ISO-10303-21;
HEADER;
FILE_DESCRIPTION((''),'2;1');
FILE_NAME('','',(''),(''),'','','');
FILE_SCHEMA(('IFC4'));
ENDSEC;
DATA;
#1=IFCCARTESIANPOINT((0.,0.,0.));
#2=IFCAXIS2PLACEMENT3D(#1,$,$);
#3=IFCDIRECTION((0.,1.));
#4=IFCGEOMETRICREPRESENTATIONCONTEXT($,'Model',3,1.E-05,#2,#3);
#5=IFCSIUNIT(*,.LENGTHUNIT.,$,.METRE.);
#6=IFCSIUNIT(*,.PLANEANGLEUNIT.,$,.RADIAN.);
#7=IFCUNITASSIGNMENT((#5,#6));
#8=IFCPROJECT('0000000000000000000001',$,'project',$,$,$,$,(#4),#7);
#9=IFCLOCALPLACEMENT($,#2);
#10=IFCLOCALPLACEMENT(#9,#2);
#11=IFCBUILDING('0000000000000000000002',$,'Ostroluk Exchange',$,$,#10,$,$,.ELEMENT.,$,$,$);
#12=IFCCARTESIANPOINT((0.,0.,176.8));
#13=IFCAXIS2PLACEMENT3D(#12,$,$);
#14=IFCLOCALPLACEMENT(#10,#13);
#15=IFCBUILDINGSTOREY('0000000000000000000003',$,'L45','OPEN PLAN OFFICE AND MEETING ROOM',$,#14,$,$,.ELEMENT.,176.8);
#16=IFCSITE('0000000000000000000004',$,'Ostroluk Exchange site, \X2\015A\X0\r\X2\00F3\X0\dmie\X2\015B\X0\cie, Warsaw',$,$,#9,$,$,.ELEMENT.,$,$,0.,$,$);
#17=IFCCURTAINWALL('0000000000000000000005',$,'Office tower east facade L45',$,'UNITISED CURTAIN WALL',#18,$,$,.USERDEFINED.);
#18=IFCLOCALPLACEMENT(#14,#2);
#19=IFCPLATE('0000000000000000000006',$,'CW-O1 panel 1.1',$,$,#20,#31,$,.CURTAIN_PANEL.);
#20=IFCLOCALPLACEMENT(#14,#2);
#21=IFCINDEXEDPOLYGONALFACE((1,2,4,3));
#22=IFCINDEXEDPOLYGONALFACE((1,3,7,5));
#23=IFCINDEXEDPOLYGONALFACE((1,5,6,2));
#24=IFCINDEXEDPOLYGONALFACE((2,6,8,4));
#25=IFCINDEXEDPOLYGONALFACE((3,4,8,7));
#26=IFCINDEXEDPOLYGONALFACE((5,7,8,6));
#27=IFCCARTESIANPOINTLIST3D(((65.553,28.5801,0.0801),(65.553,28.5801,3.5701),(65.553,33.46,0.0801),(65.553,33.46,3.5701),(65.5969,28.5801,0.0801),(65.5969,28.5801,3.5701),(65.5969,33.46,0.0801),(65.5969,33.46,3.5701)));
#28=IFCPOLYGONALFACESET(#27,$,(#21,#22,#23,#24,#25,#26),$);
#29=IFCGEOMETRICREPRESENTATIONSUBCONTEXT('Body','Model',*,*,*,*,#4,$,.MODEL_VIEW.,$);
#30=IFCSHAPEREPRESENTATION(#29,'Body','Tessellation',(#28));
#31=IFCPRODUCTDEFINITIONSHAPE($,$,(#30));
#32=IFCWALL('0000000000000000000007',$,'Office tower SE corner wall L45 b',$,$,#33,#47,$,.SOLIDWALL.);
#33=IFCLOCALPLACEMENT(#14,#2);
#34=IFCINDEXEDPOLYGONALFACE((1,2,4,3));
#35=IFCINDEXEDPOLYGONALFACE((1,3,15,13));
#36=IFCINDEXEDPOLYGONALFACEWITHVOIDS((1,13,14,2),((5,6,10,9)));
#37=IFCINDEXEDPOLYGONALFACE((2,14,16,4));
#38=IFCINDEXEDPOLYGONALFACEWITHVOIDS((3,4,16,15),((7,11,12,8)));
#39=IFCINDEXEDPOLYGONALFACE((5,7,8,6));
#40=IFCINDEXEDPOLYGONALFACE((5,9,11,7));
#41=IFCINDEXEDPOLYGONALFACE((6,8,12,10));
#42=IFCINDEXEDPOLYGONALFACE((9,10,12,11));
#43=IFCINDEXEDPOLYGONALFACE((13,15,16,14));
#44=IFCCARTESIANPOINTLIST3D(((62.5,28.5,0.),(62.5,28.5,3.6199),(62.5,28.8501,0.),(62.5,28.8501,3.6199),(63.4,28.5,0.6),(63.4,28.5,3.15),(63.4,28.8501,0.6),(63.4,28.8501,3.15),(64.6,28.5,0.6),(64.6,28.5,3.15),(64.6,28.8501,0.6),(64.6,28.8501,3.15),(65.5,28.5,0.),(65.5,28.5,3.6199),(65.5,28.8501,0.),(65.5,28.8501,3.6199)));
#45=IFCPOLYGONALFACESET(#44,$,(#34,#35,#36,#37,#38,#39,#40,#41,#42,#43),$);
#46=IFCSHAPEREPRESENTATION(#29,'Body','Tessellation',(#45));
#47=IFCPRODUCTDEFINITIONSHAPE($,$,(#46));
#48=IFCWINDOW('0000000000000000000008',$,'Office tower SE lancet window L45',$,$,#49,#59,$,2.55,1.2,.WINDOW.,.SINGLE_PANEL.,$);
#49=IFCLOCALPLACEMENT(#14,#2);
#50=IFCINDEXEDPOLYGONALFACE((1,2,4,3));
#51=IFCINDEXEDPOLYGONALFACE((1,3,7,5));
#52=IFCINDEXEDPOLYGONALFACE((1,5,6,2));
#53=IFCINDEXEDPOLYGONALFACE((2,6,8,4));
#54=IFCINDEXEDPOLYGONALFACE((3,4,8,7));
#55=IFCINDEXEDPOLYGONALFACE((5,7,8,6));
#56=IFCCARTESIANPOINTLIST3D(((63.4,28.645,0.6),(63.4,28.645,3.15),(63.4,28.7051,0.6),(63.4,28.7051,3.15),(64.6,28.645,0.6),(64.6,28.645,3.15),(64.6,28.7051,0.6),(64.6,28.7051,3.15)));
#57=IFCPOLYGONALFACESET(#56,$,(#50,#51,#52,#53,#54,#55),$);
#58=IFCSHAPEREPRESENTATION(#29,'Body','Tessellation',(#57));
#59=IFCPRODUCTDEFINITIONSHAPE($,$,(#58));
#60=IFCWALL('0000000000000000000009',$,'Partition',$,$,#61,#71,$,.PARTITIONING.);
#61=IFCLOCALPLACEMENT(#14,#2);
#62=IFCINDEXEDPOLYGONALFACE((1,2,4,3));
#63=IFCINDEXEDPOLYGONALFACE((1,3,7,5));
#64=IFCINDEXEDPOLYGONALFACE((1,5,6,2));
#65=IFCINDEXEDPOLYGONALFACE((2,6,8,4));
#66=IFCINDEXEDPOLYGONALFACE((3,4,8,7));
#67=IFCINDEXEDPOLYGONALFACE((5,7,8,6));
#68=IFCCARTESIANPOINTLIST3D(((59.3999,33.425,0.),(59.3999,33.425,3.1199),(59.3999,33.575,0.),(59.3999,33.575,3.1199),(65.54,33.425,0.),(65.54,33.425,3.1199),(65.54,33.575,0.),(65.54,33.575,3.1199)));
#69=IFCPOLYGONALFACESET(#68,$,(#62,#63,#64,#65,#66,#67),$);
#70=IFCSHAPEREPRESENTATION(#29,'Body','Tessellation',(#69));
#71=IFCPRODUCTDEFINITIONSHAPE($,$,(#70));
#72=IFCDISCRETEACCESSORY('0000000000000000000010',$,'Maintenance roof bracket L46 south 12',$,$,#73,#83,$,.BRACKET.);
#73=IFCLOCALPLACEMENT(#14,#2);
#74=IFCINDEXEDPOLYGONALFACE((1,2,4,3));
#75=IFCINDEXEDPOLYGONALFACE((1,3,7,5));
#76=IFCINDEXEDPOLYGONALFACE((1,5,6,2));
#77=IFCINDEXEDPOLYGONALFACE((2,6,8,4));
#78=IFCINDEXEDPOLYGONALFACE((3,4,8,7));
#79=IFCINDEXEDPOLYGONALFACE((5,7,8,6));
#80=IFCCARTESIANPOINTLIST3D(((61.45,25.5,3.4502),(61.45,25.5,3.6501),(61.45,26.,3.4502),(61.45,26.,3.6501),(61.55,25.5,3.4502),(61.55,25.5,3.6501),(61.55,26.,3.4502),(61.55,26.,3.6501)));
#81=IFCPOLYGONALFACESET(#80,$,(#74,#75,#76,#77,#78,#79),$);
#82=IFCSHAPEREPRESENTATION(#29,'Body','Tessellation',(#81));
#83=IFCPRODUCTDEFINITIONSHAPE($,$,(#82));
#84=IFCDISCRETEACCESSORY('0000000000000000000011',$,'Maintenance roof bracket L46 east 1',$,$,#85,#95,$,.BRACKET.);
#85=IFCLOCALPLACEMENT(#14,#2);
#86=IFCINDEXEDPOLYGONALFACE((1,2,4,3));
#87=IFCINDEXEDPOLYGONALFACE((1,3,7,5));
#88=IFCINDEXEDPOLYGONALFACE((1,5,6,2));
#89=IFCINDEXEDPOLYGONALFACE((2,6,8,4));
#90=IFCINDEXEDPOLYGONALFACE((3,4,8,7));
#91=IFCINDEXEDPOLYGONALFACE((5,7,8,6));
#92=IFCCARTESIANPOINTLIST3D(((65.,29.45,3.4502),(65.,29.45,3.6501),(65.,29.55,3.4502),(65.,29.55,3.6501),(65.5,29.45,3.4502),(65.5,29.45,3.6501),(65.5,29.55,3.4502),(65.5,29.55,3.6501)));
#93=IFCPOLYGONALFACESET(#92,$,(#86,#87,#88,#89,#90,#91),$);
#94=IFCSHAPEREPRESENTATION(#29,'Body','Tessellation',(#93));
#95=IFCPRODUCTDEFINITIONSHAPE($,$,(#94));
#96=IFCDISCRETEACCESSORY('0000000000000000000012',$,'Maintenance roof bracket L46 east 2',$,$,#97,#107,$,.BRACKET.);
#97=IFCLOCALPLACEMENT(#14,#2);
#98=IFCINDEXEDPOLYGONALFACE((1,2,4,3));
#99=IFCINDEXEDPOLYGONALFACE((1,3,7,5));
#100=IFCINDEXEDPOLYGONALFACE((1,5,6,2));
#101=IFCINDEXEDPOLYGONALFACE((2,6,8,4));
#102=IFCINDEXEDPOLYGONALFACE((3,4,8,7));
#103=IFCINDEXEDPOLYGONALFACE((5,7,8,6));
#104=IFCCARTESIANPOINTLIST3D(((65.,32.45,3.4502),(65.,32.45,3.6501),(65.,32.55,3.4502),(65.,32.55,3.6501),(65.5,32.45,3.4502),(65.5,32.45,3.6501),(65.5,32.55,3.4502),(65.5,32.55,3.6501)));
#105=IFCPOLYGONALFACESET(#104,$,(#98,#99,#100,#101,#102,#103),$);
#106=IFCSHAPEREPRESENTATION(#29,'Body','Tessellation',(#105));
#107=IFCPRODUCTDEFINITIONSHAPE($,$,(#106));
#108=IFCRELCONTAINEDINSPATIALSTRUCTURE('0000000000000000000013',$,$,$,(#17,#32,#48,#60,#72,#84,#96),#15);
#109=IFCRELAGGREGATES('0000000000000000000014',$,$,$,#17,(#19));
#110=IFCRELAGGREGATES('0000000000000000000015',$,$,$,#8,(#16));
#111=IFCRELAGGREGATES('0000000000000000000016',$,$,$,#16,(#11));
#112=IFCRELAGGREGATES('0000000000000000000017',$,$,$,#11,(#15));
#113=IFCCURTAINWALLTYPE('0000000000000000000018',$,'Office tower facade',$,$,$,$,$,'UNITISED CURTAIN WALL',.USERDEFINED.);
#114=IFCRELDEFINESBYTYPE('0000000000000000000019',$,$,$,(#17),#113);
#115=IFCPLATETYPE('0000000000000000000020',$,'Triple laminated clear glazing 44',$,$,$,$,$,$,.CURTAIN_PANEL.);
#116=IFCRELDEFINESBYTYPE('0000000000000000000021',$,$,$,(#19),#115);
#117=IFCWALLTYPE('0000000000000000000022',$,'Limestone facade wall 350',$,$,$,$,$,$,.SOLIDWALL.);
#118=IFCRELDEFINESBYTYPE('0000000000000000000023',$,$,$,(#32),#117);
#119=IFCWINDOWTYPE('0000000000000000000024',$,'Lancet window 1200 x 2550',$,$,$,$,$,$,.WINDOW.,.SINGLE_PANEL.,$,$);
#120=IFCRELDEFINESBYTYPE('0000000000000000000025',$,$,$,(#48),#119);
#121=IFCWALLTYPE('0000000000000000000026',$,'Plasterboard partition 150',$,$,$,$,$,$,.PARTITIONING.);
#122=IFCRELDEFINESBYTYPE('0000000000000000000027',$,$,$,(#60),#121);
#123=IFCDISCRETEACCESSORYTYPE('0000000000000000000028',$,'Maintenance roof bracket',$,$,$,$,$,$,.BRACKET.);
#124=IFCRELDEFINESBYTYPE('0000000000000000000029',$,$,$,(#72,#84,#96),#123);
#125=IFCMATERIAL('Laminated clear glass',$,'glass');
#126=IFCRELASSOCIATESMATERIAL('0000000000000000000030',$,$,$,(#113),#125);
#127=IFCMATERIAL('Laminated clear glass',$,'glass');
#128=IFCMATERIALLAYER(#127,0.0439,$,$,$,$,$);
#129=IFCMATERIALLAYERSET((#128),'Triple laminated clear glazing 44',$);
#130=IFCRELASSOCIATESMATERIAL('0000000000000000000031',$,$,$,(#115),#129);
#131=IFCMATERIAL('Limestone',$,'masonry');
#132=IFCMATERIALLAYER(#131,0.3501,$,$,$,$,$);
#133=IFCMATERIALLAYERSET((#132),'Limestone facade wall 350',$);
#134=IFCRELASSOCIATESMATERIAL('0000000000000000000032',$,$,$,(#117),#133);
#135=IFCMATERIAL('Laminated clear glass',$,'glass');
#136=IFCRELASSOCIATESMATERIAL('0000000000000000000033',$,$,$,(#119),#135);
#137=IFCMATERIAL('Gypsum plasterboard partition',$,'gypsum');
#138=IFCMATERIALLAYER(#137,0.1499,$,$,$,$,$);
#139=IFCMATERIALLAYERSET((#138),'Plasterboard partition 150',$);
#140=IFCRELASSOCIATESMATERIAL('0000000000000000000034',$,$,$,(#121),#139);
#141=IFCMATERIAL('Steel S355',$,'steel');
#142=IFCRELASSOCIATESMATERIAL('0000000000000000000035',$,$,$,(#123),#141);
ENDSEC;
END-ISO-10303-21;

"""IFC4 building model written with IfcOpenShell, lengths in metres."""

from ifc_helpers import new_model, si_unit, direction, frame, frame_2d, origin, origin_2d, place, context, subcontext, project, spatial, rectangle, extrude, material, layer, layer_set, type_object, element, fill, aggregate, save


model = new_model("IFC4")

# Units and contexts
model_context = context("Model", 3, precision=1e-05, world=origin(), true_north=direction((0.0, 1.0)))
body_context = subcontext(model_context, "Body", "Model", "MODEL_VIEW")
ifc_project = project(units=[si_unit("LENGTHUNIT", "METRE"), si_unit("PLANEANGLEUNIT", "RADIAN")], contexts=[model_context])

# Site, building, storey
site_placement = place(None, origin())
site = spatial("IfcSite", under=ifc_project, at=site_placement, Name="Ostroluk Exchange site, Śródmieście, Warsaw", CompositionType="ELEMENT", RefElevation=0.0)
building_placement = place(site_placement, origin())
building = spatial("IfcBuilding", under=site, at=building_placement, Name="Ostroluk Exchange", CompositionType="ELEMENT")
storey_placement = place(building_placement, frame((0.0, 0.0, 176.8)))
storey = spatial("IfcBuildingStorey", under=building, at=storey_placement, Name="L45", Description="OPEN PLAN OFFICE AND MEETING ROOM", CompositionType="ELEMENT", Elevation=176.8)

# Curtain wall
ifc_material_1 = material(Name="Laminated clear glass", Category="glass")
curtain_wall_type = type_object("IfcCurtainWallType", Name="Office tower facade", ElementType="UNITISED CURTAIN WALL", PredefinedType="USERDEFINED", material=ifc_material_1)
curtain_wall_1_placement = place(storey_placement, origin())
curtain_wall_1 = element("IfcCurtainWall", 1, at=curtain_wall_1_placement, inside=storey, type_object=curtain_wall_type, Name="Office tower east facade L45", ObjectType="UNITISED CURTAIN WALL", PredefinedType="USERDEFINED")

# Plate
ifc_material_2 = material(Name="Laminated clear glass", Category="glass")
ifc_layer_1 = layer(ifc_material_2, 0.0439)
ifc_layer_set_1 = layer_set([ifc_layer_1], Name="Triple laminated clear glazing 44")
plate_type_1 = type_object("IfcPlateType", Name="Triple laminated clear glazing 44", PredefinedType="CURTAIN_PANEL", material=ifc_layer_set_1)
plate_1_placement = place(storey_placement, frame((65.575, 31.02, 0.0801), z_axis=(0.0, 0.0, 1.0), x_axis=(0.0, 1.0, 0.0)))
plate_1 = element("IfcPlate", 2, at=plate_1_placement, type_object=plate_type_1, Name="CW-O1 panel 1.1", PredefinedType="CURTAIN_PANEL", context=body_context, shape_type="SweptSolid", body=[
    extrude(rectangle(XDim=4.8799, YDim=0.0439, at=origin_2d()), origin(), (0.0, 0.0, 1.0), 3.49),
])
aggregate(curtain_wall_1, [plate_1])

# Shared definitions
ifc_material_3 = material(Name="Limestone", Category="masonry")
ifc_layer_2 = layer(ifc_material_3, 0.3501)
ifc_layer_set_2 = layer_set([ifc_layer_2], Name="Limestone facade wall 350")
wall_type_1 = type_object("IfcWallType", Name="Limestone facade wall 350", PredefinedType="SOLIDWALL", material=ifc_layer_set_2)

# Wall, opening, window
wall_1_placement = place(storey_placement, frame((62.5, 28.675, 0.0), z_axis=(0.0, 0.0, 1.0), x_axis=(1.0, 0.0, 0.0)))
wall_1 = element("IfcWall", 3, at=wall_1_placement, inside=storey, type_object=wall_type_1, Name="Office tower SE corner wall L45 b", PredefinedType="SOLIDWALL", context=body_context, shape_type="SweptSolid", body=[
    extrude(rectangle(XDim=3.0, YDim=0.3501, at=frame_2d((1.5, 0.0))), origin(), (0.0, 0.0, 1.0), 3.6199),
])
opening_1_placement = place(wall_1_placement, frame((0.8999, 0.0, 0.6001)))
opening_1 = element("IfcOpeningElement", 4, at=opening_1_placement, cuts=wall_1, PredefinedType="OPENING", context=body_context, shape_type="SweptSolid", body=[
    extrude(rectangle(XDim=1.2, YDim=2.55, at=frame_2d((0.6001, 1.2749))), frame((0.0, 0.1851, 0.0), z_axis=(0.0, -1.0, 0.0), x_axis=(1.0, 0.0, 0.0)), (0.0, 0.0, 1.0), 0.3701),
])
ifc_material_4 = material(Name="Laminated clear glass", Category="glass")
window_type = type_object("IfcWindowType", Name="Lancet window 1200 x 2550", PartitioningType="SINGLE_PANEL", PredefinedType="WINDOW", material=ifc_material_4)
window_placement = place(opening_1_placement, origin())
window = element("IfcWindow", 5, at=window_placement, inside=storey, type_object=window_type, Name="Office tower SE lancet window L45", OverallHeight=2.55, OverallWidth=1.2, PartitioningType="SINGLE_PANEL", PredefinedType="WINDOW", context=body_context, shape_type="SweptSolid", body=[
    extrude(rectangle(XDim=1.2, YDim=2.55, at=frame_2d((0.6001, 1.2749))), frame((0.0, 0.03, 0.0), z_axis=(0.0, -1.0, 0.0), x_axis=(1.0, 0.0, 0.0)), (0.0, 0.0, 1.0), 0.0601),
])
fill(opening_1, window)

# Wall
ifc_material_5 = material(Name="Gypsum plasterboard partition", Category="gypsum")
ifc_layer_3 = layer(ifc_material_5, 0.1499)
ifc_layer_set_3 = layer_set([ifc_layer_3], Name="Plasterboard partition 150")
wall_type_2 = type_object("IfcWallType", Name="Plasterboard partition 150", PredefinedType="PARTITIONING", material=ifc_layer_set_3)
wall_2_placement = place(storey_placement, frame((59.3999, 33.5, 0.0), z_axis=(0.0, 0.0, 1.0), x_axis=(1.0, 0.0, 0.0)))
element("IfcWall", 6, at=wall_2_placement, inside=storey, type_object=wall_type_2, Name="Partition", PredefinedType="PARTITIONING", context=body_context, shape_type="SweptSolid", body=[
    extrude(rectangle(XDim=6.1401, YDim=0.1499, at=frame_2d((3.0701, 0.0))), origin(), (0.0, 0.0, 1.0), 3.1199),
])

# Discrete accessories
ifc_material_6 = material(Name="Steel S355", Category="steel")
discrete_accessory_type = type_object("IfcDiscreteAccessoryType", Name="Maintenance roof bracket", PredefinedType="BRACKET", material=ifc_material_6)
discrete_accessory_placement = place(storey_placement, frame((61.5, 25.75, 3.4502), z_axis=(0.0, 0.0, 1.0), x_axis=(1.0, 0.0, 0.0)))
element("IfcDiscreteAccessory", 7, at=discrete_accessory_placement, inside=storey, type_object=discrete_accessory_type, Name="Maintenance roof bracket L46 south 12", PredefinedType="BRACKET", context=body_context, shape_type="SweptSolid", body=[
    extrude(rectangle(XDim=0.1001, YDim=0.5, at=origin_2d()), origin(), (0.0, 0.0, 1.0), 0.2),
])
for number, where, z_axis, x_axis, name in (
    (8, (65.25, 29.5, 3.4502), (0.0, 0.0, 1.0), (1.0, 0.0, 0.0), "Maintenance roof bracket L46 east 1"),
    (9, (65.25, 32.5, 3.4502), (0.0, 0.0, 1.0), (1.0, 0.0, 0.0), "Maintenance roof bracket L46 east 2"),
):
    element("IfcDiscreteAccessory", number, at=place(storey_placement, frame(where, z_axis=z_axis, x_axis=x_axis)), inside=storey, type_object=discrete_accessory_type, Name=name, PredefinedType="BRACKET", context=body_context, shape_type="SweptSolid", body=[
        extrude(rectangle(XDim=0.5, YDim=0.1001, at=origin_2d()), origin(), (0.0, 0.0, 1.0), 0.2),
    ])

save(model, "model.ifc")
